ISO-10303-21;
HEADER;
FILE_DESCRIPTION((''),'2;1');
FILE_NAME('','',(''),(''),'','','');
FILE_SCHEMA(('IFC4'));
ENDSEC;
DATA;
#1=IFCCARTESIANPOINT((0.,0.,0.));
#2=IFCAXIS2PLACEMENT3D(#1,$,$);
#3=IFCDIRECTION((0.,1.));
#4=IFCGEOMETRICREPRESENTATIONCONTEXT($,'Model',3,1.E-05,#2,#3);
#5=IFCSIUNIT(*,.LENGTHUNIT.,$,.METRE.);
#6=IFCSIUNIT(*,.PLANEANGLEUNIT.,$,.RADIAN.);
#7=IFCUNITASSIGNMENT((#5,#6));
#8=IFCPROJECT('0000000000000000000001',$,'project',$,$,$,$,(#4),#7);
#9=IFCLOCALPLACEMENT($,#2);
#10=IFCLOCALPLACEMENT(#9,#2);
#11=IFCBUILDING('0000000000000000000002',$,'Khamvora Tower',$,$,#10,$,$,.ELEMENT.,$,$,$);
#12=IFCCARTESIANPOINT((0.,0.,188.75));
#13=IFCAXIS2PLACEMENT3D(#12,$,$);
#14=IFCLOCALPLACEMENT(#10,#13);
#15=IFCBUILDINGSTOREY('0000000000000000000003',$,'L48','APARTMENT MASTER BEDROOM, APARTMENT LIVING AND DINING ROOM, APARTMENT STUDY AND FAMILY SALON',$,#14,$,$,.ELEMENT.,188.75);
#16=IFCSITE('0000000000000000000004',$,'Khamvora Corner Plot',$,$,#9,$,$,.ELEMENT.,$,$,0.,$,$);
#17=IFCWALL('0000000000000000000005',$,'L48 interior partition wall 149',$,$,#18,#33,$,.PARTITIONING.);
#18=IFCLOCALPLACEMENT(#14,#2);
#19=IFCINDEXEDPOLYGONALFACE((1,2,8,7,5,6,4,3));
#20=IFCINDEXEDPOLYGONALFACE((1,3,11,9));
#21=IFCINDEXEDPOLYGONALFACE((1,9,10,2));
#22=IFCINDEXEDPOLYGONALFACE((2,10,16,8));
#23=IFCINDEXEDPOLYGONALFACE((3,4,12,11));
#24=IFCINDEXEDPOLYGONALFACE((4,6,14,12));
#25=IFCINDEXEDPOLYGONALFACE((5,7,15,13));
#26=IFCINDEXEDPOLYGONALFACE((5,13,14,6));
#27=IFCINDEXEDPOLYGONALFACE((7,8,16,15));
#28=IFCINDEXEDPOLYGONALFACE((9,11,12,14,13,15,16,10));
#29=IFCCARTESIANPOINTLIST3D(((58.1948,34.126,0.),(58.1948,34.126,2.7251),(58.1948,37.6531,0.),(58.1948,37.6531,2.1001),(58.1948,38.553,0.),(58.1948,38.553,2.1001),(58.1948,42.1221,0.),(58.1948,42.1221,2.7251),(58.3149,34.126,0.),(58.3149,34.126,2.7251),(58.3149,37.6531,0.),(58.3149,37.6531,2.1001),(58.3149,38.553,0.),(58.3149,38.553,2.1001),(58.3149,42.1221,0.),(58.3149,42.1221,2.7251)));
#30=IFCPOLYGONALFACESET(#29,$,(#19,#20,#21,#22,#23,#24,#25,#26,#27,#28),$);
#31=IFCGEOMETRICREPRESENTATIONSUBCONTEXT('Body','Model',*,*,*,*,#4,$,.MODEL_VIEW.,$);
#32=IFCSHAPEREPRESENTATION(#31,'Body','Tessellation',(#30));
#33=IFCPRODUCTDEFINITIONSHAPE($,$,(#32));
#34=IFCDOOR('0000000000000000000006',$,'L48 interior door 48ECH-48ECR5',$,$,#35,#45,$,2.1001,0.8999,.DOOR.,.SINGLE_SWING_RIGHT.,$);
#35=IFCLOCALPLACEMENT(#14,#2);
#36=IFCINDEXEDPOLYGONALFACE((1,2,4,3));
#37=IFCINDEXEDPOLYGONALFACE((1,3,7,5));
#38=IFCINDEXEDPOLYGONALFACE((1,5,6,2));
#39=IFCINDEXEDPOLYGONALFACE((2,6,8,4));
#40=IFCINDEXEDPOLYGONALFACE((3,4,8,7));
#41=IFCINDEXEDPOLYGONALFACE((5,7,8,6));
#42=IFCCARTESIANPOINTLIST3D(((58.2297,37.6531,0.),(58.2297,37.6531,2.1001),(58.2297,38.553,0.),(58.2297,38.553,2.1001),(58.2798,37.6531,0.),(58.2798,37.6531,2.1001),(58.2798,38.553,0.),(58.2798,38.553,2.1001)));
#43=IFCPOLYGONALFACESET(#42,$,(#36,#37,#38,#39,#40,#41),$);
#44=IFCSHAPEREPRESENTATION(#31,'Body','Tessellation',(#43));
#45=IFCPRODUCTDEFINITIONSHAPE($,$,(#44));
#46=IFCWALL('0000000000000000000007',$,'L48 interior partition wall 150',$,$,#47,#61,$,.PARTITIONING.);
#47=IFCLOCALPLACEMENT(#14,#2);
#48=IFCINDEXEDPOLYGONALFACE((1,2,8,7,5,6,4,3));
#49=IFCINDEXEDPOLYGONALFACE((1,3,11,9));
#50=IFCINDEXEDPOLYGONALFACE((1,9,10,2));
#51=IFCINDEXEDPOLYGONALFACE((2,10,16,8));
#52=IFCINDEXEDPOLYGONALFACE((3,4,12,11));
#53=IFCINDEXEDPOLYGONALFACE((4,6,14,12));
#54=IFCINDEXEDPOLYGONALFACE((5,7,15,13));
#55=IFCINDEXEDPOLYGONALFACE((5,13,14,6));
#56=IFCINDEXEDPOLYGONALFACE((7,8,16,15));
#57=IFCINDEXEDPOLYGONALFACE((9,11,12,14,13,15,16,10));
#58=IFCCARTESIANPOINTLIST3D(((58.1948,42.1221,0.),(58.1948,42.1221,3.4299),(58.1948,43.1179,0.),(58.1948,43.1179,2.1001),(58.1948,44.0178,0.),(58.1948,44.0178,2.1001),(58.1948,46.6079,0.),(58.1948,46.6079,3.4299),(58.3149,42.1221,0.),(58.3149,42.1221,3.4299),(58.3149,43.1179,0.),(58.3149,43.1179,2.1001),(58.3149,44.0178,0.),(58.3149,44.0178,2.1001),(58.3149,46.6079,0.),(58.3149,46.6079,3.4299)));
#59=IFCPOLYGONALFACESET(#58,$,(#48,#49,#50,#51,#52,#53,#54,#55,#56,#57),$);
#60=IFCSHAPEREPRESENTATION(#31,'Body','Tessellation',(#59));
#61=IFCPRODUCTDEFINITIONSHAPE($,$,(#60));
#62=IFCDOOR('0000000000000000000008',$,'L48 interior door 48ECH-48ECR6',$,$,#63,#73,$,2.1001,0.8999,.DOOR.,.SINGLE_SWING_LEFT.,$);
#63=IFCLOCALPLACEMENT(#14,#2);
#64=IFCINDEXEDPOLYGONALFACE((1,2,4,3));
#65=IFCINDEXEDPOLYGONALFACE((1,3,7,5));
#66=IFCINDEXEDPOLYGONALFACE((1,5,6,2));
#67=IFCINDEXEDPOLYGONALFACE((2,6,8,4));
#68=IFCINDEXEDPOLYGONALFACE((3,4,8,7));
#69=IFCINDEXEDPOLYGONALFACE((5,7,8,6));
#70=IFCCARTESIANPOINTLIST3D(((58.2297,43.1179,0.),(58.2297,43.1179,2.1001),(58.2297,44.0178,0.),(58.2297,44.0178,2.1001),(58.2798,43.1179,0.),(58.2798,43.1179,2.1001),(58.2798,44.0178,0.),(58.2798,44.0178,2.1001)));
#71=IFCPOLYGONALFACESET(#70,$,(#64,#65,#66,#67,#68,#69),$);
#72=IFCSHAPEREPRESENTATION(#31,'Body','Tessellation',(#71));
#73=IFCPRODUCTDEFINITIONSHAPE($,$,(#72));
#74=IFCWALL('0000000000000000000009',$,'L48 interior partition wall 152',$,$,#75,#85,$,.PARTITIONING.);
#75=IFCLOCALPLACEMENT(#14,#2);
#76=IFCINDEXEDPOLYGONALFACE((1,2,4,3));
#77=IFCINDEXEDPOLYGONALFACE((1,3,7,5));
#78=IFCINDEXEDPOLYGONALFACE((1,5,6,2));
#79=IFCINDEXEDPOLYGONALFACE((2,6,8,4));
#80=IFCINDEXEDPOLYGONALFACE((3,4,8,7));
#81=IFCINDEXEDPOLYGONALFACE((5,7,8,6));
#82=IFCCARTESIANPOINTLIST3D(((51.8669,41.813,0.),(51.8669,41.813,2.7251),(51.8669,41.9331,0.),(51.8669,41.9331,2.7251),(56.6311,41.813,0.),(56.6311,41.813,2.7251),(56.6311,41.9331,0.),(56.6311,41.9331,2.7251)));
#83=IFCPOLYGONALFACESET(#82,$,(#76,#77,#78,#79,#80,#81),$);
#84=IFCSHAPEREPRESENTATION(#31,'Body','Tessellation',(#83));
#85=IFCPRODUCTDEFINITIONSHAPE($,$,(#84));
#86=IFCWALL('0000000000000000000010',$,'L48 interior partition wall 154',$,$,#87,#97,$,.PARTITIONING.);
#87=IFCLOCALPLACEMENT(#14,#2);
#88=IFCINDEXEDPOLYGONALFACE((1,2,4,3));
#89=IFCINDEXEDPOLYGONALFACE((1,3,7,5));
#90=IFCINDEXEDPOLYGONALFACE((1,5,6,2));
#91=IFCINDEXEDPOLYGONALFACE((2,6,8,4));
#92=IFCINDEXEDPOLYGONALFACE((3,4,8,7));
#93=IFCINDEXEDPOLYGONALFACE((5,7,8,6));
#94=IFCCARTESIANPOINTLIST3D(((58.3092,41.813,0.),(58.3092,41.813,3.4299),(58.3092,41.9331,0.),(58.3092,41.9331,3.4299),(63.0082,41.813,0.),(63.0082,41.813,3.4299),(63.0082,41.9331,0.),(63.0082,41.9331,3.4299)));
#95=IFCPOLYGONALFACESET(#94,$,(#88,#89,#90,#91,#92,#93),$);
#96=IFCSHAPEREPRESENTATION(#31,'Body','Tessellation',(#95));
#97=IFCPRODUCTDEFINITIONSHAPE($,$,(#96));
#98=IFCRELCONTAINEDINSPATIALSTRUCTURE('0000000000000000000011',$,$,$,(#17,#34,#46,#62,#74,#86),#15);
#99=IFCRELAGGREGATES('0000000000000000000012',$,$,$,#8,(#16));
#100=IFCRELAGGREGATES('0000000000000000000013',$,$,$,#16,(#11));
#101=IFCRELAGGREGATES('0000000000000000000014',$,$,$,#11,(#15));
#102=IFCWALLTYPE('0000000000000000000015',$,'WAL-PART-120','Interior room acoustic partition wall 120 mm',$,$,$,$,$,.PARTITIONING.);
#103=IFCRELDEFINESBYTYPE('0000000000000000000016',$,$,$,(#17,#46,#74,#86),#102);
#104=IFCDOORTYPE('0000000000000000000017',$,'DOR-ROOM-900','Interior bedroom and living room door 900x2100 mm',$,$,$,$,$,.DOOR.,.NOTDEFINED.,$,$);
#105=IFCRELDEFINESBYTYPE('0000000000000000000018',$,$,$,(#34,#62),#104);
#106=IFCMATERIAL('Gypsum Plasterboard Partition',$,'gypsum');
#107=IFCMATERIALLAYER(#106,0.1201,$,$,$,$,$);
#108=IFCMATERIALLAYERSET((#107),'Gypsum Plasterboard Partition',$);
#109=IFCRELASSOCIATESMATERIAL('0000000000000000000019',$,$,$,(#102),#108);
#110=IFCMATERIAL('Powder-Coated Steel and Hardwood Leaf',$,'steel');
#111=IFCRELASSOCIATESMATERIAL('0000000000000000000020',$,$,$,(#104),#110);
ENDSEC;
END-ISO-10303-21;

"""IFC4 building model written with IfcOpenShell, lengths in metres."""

from ifc_helpers import new_model, si_unit, direction, frame, frame_2d, origin, place, context, subcontext, project, spatial, rectangle, extrude, material, layer, layer_set, type_object, element, fill, save


model = new_model("IFC4")

# Units and contexts
model_context = context("Model", 3, precision=1e-05, world=origin(), true_north=direction((0.0, 1.0)))
body_context = subcontext(model_context, "Body", "Model", "MODEL_VIEW")
ifc_project = project(units=[si_unit("LENGTHUNIT", "METRE"), si_unit("PLANEANGLEUNIT", "RADIAN")], contexts=[model_context])

# Site, building, storey
site_placement = place(None, origin())
site = spatial("IfcSite", under=ifc_project, at=site_placement, Name="Khamvora Corner Plot", CompositionType="ELEMENT", RefElevation=0.0)
building_placement = place(site_placement, origin())
building = spatial("IfcBuilding", under=site, at=building_placement, Name="Khamvora Tower", CompositionType="ELEMENT")
storey_placement = place(building_placement, frame((0.0, 0.0, 188.75)))
storey = spatial("IfcBuildingStorey", under=building, at=storey_placement, Name="L48", Description="APARTMENT MASTER BEDROOM, APARTMENT LIVING AND DINING ROOM, APARTMENT STUDY AND FAMILY SALON", CompositionType="ELEMENT", Elevation=188.75)

# Shared definitions
ifc_material_1 = material(Name="Gypsum Plasterboard Partition", Category="gypsum")
ifc_layer_1 = layer(ifc_material_1, 0.1201)
ifc_layer_set_1 = layer_set([ifc_layer_1], Name="Gypsum Plasterboard Partition")
wall_type_1 = type_object("IfcWallType", Name="WAL-PART-120", Description="Interior room acoustic partition wall 120 mm", PredefinedType="PARTITIONING", material=ifc_layer_set_1)
ifc_material_2 = material(Name="Powder-Coated Steel and Hardwood Leaf", Category="steel")
door_type = type_object("IfcDoorType", Name="DOR-ROOM-900", Description="Interior bedroom and living room door 900x2100 mm", OperationType="NOTDEFINED", PredefinedType="DOOR", material=ifc_material_2)

# Walls, openings, doors
wall_1_placement = place(storey_placement, frame((58.2549, 42.1221, 0.0), z_axis=(0.0, 0.0, 1.0), x_axis=(0.0, -1.0, 0.0)))
wall_1 = element("IfcWall", 1, at=wall_1_placement, inside=storey, type_object=wall_type_1, Name="L48 interior partition wall 149", PredefinedType="PARTITIONING", context=body_context, shape_type="SweptSolid", body=[
    extrude(rectangle(XDim=7.9961, YDim=0.1201, at=frame_2d((3.998, 0.0))), origin(), (0.0, 0.0, 1.0), 2.7251),
])
opening_1_placement = place(wall_1_placement, frame((3.5691, 0.0, 0.0)))
opening_1 = element("IfcOpeningElement", 2, at=opening_1_placement, cuts=wall_1, PredefinedType="OPENING", context=body_context, shape_type="SweptSolid", body=[
    extrude(rectangle(XDim=0.8999, YDim=2.1001, at=frame_2d((0.45, 1.05))), frame((0.0, 0.0701, 0.0), z_axis=(0.0, -1.0, 0.0), x_axis=(1.0, 0.0, 0.0)), (0.0, 0.0, 1.0), 0.1401),
])
door_1_placement = place(opening_1_placement, origin())
door_1 = element("IfcDoor", 3, at=door_1_placement, inside=storey, type_object=door_type, Name="L48 interior door 48ECH-48ECR5", OperationType="SINGLE_SWING_RIGHT", OverallHeight=2.1001, OverallWidth=0.8999, PredefinedType="DOOR", context=body_context, shape_type="SweptSolid", body=[
    extrude(rectangle(XDim=0.8999, YDim=2.1001, at=frame_2d((0.45, 1.05))), frame((0.0, 0.0249, 0.0), z_axis=(0.0, -1.0, 0.0), x_axis=(1.0, 0.0, 0.0)), (0.0, 0.0, 1.0), 0.05),
])
fill(opening_1, door_1)
wall_2_placement = place(storey_placement, frame((58.2549, 46.6079, 0.0), z_axis=(0.0, 0.0, 1.0), x_axis=(0.0, -1.0, 0.0)))
wall_2 = element("IfcWall", 4, at=wall_2_placement, inside=storey, type_object=wall_type_1, Name="L48 interior partition wall 150", PredefinedType="PARTITIONING", context=body_context, shape_type="SweptSolid", body=[
    extrude(rectangle(XDim=4.4858, YDim=0.1201, at=frame_2d((2.2429, 0.0))), origin(), (0.0, 0.0, 1.0), 3.4299),
])
opening_2_placement = place(wall_2_placement, frame((2.5901, 0.0, 0.0)))
opening_2 = element("IfcOpeningElement", 5, at=opening_2_placement, cuts=wall_2, PredefinedType="OPENING", context=body_context, shape_type="SweptSolid", body=[
    extrude(rectangle(XDim=0.8999, YDim=2.1001, at=frame_2d((0.45, 1.05))), frame((0.0, 0.0701, 0.0), z_axis=(0.0, -1.0, 0.0), x_axis=(1.0, 0.0, 0.0)), (0.0, 0.0, 1.0), 0.1401),
])
door_2_placement = place(opening_2_placement, origin())
door_2 = element("IfcDoor", 6, at=door_2_placement, inside=storey, type_object=door_type, Name="L48 interior door 48ECH-48ECR6", OperationType="SINGLE_SWING_LEFT", OverallHeight=2.1001, OverallWidth=0.8999, PredefinedType="DOOR", context=body_context, shape_type="SweptSolid", body=[
    extrude(rectangle(XDim=0.8999, YDim=2.1001, at=frame_2d((0.45, 1.05))), frame((0.0, 0.0249, 0.0), z_axis=(0.0, -1.0, 0.0), x_axis=(1.0, 0.0, 0.0)), (0.0, 0.0, 1.0), 0.05),
])
fill(opening_2, door_2)

# Walls
wall_3_placement = place(storey_placement, frame((51.8669, 41.873, 0.0), z_axis=(0.0, 0.0, 1.0), x_axis=(1.0, 0.0, 0.0)))
element("IfcWall", 7, at=wall_3_placement, inside=storey, type_object=wall_type_1, Name="L48 interior partition wall 152", PredefinedType="PARTITIONING", context=body_context, shape_type="SweptSolid", body=[
    extrude(rectangle(XDim=4.7642, YDim=0.1201, at=frame_2d((2.3821, 0.0))), origin(), (0.0, 0.0, 1.0), 2.7251),
])
wall_4_placement = place(storey_placement, frame((58.3091, 41.873, 0.0), z_axis=(0.0, 0.0, 1.0), x_axis=(1.0, 0.0, 0.0)))
element("IfcWall", 8, at=wall_4_placement, inside=storey, type_object=wall_type_1, Name="L48 interior partition wall 154", PredefinedType="PARTITIONING", context=body_context, shape_type="SweptSolid", body=[
    extrude(rectangle(XDim=4.699, YDim=0.1201, at=frame_2d((2.3496, 0.0))), origin(), (0.0, 0.0, 1.0), 3.4299),
])

save(model, "model.ifc")
